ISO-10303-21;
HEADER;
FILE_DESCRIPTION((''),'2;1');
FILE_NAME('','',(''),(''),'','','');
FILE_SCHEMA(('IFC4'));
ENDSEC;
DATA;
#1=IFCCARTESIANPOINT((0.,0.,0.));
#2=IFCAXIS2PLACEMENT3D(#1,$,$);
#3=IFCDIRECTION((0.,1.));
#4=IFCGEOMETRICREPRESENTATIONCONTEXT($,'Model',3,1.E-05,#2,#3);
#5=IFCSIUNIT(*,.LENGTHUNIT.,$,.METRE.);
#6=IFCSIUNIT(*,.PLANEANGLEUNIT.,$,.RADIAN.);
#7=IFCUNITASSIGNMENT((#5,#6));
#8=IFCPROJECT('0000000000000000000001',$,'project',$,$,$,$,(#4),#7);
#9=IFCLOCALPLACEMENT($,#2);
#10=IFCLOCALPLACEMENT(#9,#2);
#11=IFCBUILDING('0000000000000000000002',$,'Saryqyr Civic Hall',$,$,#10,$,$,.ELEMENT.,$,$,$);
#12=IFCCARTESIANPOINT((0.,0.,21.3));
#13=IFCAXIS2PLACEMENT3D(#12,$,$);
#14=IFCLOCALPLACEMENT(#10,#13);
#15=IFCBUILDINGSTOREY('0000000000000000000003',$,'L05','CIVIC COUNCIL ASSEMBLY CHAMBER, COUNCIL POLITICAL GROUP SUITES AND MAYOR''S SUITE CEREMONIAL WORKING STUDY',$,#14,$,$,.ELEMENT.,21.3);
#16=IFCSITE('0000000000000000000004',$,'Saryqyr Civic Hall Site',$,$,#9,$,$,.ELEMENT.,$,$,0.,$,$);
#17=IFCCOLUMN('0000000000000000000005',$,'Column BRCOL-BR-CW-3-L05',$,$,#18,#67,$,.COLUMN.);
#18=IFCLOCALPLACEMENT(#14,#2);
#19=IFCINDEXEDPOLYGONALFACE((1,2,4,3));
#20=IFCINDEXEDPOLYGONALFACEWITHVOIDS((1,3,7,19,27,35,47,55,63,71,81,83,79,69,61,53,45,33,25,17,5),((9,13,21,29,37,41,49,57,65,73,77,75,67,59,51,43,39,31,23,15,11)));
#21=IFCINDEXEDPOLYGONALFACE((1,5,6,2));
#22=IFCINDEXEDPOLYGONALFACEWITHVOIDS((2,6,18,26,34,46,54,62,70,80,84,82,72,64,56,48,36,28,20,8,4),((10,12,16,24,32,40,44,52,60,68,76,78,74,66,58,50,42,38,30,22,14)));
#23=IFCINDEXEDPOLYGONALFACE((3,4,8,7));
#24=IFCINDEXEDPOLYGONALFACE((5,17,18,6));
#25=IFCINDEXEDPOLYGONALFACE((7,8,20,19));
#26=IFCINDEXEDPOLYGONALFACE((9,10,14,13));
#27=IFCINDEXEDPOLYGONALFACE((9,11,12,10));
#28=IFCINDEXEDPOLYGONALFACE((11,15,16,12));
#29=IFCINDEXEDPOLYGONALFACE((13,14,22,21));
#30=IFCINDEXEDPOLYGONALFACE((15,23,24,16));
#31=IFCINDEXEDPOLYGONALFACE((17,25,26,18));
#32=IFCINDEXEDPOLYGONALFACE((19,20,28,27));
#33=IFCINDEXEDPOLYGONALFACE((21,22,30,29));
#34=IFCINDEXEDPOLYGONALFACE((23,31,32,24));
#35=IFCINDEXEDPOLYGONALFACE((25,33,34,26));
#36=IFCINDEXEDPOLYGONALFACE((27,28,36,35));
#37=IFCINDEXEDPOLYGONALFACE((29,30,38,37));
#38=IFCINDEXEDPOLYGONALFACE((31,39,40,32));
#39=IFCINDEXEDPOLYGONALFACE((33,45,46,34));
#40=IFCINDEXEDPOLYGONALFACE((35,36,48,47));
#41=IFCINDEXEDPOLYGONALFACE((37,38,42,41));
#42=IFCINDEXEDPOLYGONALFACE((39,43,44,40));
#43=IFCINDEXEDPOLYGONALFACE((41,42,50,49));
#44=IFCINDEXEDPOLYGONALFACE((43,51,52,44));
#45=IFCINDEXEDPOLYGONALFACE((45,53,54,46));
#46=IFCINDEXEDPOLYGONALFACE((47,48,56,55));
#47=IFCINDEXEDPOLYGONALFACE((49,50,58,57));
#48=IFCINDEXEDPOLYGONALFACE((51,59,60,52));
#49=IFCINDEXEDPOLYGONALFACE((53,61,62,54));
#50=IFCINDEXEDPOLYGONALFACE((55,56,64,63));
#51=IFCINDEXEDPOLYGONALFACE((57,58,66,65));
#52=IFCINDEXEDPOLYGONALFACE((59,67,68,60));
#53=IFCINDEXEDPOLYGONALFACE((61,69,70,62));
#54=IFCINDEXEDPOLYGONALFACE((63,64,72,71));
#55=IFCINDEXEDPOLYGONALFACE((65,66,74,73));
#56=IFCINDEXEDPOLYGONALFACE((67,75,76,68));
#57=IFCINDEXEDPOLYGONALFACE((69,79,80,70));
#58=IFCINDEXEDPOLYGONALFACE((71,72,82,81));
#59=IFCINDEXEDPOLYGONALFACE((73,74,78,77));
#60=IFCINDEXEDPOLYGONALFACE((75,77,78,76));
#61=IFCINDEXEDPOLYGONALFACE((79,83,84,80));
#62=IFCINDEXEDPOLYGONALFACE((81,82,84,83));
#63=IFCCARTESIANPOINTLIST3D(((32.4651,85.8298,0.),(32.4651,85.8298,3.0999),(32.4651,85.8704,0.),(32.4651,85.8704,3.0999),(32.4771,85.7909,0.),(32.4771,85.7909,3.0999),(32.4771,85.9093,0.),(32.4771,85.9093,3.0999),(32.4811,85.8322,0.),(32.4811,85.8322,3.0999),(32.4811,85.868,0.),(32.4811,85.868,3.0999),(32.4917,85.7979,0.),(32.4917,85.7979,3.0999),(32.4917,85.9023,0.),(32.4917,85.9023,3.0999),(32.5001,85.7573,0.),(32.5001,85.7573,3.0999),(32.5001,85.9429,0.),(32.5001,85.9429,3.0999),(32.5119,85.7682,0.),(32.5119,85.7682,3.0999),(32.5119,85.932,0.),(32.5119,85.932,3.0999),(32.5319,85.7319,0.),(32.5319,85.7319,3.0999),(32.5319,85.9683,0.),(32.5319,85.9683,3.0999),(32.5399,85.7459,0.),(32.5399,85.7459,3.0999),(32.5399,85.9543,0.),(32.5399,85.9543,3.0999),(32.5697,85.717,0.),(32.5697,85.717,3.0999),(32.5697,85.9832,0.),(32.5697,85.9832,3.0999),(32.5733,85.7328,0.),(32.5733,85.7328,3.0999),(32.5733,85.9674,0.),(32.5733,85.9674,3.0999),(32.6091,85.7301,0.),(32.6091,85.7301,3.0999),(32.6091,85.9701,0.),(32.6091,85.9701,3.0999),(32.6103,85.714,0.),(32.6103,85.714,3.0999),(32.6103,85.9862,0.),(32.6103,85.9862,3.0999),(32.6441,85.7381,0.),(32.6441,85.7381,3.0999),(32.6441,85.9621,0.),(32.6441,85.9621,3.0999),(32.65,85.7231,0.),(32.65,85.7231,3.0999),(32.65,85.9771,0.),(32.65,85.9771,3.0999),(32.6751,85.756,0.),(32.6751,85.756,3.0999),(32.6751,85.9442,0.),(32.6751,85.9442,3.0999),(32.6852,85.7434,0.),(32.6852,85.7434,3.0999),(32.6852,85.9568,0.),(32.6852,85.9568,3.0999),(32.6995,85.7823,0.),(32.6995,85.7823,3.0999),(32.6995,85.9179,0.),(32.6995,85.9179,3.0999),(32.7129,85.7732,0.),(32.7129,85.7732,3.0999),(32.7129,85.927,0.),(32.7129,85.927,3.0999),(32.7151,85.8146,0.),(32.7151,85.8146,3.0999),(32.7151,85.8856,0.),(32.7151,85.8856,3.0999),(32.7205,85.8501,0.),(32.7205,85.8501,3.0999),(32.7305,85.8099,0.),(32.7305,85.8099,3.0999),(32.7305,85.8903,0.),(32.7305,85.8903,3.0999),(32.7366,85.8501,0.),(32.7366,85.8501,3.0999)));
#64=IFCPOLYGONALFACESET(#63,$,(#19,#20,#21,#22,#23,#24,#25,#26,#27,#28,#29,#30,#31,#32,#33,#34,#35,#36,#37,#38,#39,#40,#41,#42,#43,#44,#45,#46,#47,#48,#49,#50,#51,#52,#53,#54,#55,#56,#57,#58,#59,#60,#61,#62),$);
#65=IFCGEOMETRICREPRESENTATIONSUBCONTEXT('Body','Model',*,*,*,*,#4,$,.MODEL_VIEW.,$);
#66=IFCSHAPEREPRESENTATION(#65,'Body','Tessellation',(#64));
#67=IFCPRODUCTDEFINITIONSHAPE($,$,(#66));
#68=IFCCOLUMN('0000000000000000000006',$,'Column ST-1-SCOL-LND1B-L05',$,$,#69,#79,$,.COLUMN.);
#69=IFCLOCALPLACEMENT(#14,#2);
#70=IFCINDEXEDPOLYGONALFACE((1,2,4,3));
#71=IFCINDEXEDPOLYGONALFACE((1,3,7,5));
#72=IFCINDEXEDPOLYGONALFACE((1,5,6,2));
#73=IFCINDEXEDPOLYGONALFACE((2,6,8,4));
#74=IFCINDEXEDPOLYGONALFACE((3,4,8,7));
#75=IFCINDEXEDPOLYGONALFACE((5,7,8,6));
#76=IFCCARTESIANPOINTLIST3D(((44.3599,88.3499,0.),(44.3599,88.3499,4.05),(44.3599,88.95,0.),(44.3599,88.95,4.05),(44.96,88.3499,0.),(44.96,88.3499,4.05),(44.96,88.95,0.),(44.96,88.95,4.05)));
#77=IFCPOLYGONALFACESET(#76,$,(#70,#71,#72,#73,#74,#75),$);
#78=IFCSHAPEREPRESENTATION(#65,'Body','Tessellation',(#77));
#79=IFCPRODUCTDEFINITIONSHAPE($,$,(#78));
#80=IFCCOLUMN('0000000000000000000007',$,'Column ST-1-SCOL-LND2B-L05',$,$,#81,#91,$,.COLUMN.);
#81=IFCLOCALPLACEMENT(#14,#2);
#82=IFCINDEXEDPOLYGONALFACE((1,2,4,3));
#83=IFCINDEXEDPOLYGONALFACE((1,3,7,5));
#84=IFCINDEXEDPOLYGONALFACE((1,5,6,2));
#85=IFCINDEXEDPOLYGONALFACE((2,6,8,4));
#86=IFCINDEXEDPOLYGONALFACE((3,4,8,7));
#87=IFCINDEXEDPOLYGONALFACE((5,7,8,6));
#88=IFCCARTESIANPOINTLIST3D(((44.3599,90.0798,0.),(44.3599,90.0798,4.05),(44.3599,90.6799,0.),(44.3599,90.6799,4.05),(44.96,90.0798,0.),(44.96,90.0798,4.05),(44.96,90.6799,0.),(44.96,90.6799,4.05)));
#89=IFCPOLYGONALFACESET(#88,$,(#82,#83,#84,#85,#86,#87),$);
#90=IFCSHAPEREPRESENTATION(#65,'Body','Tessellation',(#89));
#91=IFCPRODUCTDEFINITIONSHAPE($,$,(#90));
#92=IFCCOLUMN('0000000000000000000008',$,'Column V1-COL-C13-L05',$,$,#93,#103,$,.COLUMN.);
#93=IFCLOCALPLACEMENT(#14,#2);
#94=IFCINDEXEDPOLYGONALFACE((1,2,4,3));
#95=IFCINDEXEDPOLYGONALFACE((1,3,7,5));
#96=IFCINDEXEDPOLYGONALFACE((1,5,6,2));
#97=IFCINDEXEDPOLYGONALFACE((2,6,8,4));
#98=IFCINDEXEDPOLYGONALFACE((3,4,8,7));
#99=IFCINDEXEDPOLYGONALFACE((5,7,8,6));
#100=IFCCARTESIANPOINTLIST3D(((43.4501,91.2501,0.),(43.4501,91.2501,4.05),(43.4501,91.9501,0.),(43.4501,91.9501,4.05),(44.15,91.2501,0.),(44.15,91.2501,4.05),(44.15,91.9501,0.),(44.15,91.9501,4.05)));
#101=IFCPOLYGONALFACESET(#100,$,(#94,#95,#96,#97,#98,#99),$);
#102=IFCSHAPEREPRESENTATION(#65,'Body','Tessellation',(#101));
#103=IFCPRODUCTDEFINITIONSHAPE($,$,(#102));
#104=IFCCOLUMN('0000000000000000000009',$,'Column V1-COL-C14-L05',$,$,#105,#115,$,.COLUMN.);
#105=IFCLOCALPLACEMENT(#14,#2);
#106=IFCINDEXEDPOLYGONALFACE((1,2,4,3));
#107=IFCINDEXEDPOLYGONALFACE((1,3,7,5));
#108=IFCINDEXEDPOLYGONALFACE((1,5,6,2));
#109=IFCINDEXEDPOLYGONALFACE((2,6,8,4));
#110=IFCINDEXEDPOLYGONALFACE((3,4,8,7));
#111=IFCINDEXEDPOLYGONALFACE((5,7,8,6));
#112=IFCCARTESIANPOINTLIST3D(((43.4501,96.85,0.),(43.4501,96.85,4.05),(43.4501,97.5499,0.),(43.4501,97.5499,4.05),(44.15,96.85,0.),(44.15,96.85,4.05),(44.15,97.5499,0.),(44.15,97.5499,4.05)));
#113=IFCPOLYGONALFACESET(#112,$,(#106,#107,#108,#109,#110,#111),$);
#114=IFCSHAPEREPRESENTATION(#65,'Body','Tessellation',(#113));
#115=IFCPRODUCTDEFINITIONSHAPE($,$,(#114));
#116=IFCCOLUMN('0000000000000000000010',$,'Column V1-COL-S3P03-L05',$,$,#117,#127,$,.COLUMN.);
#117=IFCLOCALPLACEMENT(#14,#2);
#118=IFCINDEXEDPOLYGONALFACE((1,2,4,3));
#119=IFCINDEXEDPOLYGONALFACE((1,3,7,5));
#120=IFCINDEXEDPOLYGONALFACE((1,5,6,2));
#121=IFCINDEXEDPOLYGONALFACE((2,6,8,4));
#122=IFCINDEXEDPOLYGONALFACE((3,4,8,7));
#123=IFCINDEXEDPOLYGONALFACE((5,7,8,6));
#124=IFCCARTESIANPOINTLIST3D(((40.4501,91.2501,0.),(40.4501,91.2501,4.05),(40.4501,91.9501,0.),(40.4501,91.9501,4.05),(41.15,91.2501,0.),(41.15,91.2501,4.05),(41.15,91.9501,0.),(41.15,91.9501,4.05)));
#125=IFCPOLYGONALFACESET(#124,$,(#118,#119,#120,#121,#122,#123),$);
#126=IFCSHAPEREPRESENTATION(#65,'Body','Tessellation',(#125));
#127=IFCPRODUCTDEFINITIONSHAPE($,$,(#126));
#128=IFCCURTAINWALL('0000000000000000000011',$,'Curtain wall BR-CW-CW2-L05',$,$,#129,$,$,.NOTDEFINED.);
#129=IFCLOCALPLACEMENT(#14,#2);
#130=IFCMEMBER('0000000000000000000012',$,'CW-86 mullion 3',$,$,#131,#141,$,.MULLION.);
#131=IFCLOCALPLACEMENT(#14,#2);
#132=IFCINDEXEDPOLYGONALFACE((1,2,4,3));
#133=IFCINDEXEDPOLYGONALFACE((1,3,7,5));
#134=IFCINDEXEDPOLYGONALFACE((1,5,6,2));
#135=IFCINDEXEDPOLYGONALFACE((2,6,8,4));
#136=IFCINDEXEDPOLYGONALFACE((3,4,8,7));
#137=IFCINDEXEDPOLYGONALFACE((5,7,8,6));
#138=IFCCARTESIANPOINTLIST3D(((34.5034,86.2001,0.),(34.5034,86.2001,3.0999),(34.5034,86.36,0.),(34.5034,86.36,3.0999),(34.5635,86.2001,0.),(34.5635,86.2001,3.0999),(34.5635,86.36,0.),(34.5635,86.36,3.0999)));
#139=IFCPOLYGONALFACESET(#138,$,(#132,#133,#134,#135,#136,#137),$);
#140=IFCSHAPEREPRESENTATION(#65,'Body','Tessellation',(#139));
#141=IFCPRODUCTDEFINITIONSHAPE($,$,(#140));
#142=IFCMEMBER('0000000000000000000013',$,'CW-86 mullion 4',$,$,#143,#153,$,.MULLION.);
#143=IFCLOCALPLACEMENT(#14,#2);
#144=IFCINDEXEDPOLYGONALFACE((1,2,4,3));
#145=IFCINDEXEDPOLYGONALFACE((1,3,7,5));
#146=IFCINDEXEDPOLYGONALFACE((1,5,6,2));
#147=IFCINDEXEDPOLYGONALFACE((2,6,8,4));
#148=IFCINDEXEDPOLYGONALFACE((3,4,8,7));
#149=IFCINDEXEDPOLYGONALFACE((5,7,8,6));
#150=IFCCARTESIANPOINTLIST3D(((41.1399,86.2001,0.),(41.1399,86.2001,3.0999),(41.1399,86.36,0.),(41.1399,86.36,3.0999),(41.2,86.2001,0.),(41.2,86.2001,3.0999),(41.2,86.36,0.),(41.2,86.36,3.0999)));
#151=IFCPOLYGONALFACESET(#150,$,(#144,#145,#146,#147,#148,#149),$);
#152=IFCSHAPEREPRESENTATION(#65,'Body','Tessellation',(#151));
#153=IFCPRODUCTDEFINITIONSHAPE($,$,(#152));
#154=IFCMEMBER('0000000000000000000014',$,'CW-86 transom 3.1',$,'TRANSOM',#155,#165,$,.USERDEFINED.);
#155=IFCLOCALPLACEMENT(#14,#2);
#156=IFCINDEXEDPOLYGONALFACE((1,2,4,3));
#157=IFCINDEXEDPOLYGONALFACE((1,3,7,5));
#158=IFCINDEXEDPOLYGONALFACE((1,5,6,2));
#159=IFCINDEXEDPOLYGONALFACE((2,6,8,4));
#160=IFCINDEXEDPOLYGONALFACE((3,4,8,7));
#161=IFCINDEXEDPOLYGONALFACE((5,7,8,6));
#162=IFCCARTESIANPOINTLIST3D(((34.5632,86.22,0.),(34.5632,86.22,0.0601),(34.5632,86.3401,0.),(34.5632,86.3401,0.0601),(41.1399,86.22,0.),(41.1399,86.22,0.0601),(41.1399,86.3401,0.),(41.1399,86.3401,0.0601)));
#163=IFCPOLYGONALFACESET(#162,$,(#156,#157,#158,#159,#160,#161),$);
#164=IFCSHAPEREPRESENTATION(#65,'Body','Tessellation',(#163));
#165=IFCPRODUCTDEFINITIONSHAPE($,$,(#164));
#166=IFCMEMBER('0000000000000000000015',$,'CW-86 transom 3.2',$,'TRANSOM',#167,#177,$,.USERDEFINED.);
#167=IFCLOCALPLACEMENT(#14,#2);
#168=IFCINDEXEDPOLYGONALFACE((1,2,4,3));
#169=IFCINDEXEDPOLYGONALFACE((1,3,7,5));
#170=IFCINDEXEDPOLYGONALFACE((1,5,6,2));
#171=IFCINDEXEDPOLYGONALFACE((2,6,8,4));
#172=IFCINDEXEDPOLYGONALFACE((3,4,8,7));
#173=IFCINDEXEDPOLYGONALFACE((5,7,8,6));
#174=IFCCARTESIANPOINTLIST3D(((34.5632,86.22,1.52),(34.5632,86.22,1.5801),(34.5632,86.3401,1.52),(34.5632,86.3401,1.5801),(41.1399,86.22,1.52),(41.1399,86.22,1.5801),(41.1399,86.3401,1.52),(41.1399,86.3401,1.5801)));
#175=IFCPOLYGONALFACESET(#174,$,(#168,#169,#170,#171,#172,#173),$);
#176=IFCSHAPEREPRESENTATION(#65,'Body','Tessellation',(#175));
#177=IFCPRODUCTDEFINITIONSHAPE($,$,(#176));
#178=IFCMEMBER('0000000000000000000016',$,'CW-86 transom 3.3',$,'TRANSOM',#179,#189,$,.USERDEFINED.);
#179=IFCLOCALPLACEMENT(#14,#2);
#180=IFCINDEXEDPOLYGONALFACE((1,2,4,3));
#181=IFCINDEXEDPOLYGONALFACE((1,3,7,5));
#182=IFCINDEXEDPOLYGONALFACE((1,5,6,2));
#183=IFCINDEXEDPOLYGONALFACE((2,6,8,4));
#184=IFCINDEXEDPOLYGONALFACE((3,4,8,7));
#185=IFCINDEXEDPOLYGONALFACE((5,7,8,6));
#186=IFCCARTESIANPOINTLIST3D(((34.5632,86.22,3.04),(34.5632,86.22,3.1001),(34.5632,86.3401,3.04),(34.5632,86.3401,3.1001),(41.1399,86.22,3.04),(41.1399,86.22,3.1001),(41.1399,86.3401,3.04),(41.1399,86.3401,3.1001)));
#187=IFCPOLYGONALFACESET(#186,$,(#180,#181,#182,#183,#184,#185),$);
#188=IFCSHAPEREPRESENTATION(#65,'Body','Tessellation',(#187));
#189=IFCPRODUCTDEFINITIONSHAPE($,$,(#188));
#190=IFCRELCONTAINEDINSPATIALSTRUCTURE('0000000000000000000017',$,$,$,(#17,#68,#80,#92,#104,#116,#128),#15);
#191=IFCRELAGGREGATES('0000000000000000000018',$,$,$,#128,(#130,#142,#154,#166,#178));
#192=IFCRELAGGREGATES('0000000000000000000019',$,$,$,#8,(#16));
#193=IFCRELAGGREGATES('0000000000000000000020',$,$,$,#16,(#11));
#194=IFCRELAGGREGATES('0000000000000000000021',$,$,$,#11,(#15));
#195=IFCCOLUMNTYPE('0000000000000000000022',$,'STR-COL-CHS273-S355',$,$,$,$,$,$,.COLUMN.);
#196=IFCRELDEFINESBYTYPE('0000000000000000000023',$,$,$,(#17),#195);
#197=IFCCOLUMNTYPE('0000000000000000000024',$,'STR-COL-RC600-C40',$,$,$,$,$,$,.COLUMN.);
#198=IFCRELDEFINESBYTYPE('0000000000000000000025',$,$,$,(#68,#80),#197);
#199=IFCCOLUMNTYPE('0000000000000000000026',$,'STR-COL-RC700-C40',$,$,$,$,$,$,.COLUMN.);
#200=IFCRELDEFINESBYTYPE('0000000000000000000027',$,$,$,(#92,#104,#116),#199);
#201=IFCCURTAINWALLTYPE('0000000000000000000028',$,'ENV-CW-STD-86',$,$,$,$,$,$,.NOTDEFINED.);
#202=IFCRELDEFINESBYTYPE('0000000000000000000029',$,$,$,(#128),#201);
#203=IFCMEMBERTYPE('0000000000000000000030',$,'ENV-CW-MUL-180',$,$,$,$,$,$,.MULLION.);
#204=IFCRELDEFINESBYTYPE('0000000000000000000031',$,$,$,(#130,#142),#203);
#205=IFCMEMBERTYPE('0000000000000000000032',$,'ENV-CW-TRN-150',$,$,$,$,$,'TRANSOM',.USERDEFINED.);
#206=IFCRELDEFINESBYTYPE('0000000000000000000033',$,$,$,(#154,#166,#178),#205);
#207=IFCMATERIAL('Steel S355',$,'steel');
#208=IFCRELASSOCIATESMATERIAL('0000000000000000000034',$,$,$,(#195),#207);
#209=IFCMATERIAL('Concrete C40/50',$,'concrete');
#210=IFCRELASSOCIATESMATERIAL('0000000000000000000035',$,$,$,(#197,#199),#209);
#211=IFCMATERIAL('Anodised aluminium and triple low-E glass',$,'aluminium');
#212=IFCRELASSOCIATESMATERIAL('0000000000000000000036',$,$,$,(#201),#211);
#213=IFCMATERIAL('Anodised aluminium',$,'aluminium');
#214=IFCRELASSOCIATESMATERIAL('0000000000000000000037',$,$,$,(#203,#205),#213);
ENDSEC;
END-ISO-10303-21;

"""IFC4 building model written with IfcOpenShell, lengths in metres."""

from ifc_helpers import new_model, si_unit, direction, frame, origin, origin_2d, place, context, subcontext, project, spatial, rectangle, hollow_circle, extrude, material, material_profile, profile_set, type_object, element, aggregate, save


model = new_model("IFC4")

# Units and contexts
model_context = context("Model", 3, precision=1e-05, world=origin(), true_north=direction((0.0, 1.0)))
body_context = subcontext(model_context, "Body", "Model", "MODEL_VIEW")
ifc_project = project(units=[si_unit("LENGTHUNIT", "METRE"), si_unit("PLANEANGLEUNIT", "RADIAN")], contexts=[model_context])

# Site, building, storey
site_placement = place(None, origin())
site = spatial("IfcSite", under=ifc_project, at=site_placement, Name="Saryqyr Civic Hall Site", CompositionType="ELEMENT", RefElevation=0.0)
building_placement = place(site_placement, origin())
building = spatial("IfcBuilding", under=site, at=building_placement, Name="Saryqyr Civic Hall", CompositionType="ELEMENT")
storey_placement = place(building_placement, frame((0.0, 0.0, 21.3)))
storey = spatial("IfcBuildingStorey", under=building, at=storey_placement, Name="L05", Description="CIVIC COUNCIL ASSEMBLY CHAMBER, COUNCIL POLITICAL GROUP SUITES AND MAYOR'S SUITE CEREMONIAL WORKING STUDY", CompositionType="ELEMENT", Elevation=21.3)

# Columns
ifc_material_1 = material(Name="Steel S355", Category="steel")
ifc_material_profile_1 = material_profile(ifc_material_1, hollow_circle(Radius=0.1365, WallThickness=0.0161, at=origin_2d()), Name="CHS 273x16")
ifc_profile_set_1 = profile_set([ifc_material_profile_1], Name="Steel S355")
column_type_1 = type_object("IfcColumnType", Name="STR-COL-CHS273-S355", PredefinedType="COLUMN", material=ifc_profile_set_1)
column_placement = place(storey_placement, frame((32.6001, 85.8501, 0.0), z_axis=(0.0, 0.0, 1.0), x_axis=(1.0, 0.0, 0.0)))
element("IfcColumn", 1, at=column_placement, inside=storey, type_object=column_type_1, Name="Column BRCOL-BR-CW-3-L05", PredefinedType="COLUMN", context=body_context, shape_type="SweptSolid", body=[
    extrude(hollow_circle(Radius=0.1365, WallThickness=0.0161, at=origin_2d()), origin(), (0.0, 0.0, 1.0), 3.0999),
])
ifc_material_2 = material(Name="Concrete C40/50", Category="concrete")
ifc_material_profile_2 = material_profile(ifc_material_2, rectangle(XDim=0.6001, YDim=0.6001, at=origin_2d()), Name="RC 600x600")
ifc_profile_set_2 = profile_set([ifc_material_profile_2], Name="Concrete C40/50")
column_type_2 = type_object("IfcColumnType", Name="STR-COL-RC600-C40", PredefinedType="COLUMN", material=ifc_profile_set_2)
for number, where, z_axis, x_axis, name in (
    (2, (44.6599, 88.6499, 0.0), (0.0, 0.0, 1.0), (1.0, 0.0, 0.0), "Column ST-1-SCOL-LND1B-L05"),
    (3, (44.6599, 90.3799, 0.0), (0.0, 0.0, 1.0), (1.0, 0.0, 0.0), "Column ST-1-SCOL-LND2B-L05"),
):
    element("IfcColumn", number, at=place(storey_placement, frame(where, z_axis=z_axis, x_axis=x_axis)), inside=storey, type_object=column_type_2, Name=name, PredefinedType="COLUMN", context=body_context, shape_type="SweptSolid", body=[
        extrude(rectangle(XDim=0.6001, YDim=0.6001, at=origin_2d()), origin(), (0.0, 0.0, 1.0), 4.05),
    ])
ifc_material_profile_3 = material_profile(ifc_material_2, rectangle(XDim=0.7, YDim=0.7, at=origin_2d()), Name="RC 700x700")
ifc_profile_set_3 = profile_set([ifc_material_profile_3], Name="Concrete C40/50")
column_type_3 = type_object("IfcColumnType", Name="STR-COL-RC700-C40", PredefinedType="COLUMN", material=ifc_profile_set_3)
for number, where, z_axis, x_axis, name in (
    (4, (43.8, 91.6001, 0.0), (0.0, 0.0, 1.0), (1.0, 0.0, 0.0), "Column V1-COL-C13-L05"),
    (5, (43.8, 97.2, 0.0), (0.0, 0.0, 1.0), (1.0, 0.0, 0.0), "Column V1-COL-C14-L05"),
    (6, (40.8, 91.6001, 0.0), (0.0, 0.0, 1.0), (1.0, 0.0, 0.0), "Column V1-COL-S3P03-L05"),
):
    element("IfcColumn", number, at=place(storey_placement, frame(where, z_axis=z_axis, x_axis=x_axis)), inside=storey, type_object=column_type_3, Name=name, PredefinedType="COLUMN", context=body_context, shape_type="SweptSolid", body=[
        extrude(rectangle(XDim=0.7, YDim=0.7, at=origin_2d()), origin(), (0.0, 0.0, 1.0), 4.05),
    ])

# Curtain wall, members
ifc_material_3 = material(Name="Anodised aluminium and triple low-E glass", Category="aluminium")
curtain_wall_type = type_object("IfcCurtainWallType", Name="ENV-CW-STD-86", PredefinedType="NOTDEFINED", material=ifc_material_3)
curtain_wall_placement = place(storey_placement, origin())
curtain_wall = element("IfcCurtainWall", 7, at=curtain_wall_placement, inside=storey, type_object=curtain_wall_type, Name="Curtain wall BR-CW-CW2-L05", PredefinedType="NOTDEFINED")
ifc_material_4 = material(Name="Anodised aluminium", Category="aluminium")
ifc_material_profile_4 = material_profile(ifc_material_4, rectangle(XDim=0.0601, YDim=0.1599, at=origin_2d()), Name="ALU MULLION 60x160")
ifc_profile_set_4 = profile_set([ifc_material_profile_4], Name="Anodised aluminium")
member_type_1 = type_object("IfcMemberType", Name="ENV-CW-MUL-180", PredefinedType="MULLION", material=ifc_profile_set_4)
member_1_placement = place(storey_placement, frame((34.5334, 86.28, 0.0), z_axis=(0.0, 0.0, 1.0), x_axis=(1.0, 0.0, 0.0)))
member_1 = element("IfcMember", 8, at=member_1_placement, type_object=member_type_1, Name="CW-86 mullion 3", PredefinedType="MULLION", context=body_context, shape_type="SweptSolid", body=[
    extrude(rectangle(XDim=0.0601, YDim=0.1599, at=origin_2d()), origin(), (0.0, 0.0, 1.0), 3.0999),
])
member_2_placement = place(storey_placement, frame((41.1699, 86.28, 0.0), z_axis=(0.0, 0.0, 1.0), x_axis=(1.0, 0.0, 0.0)))
member_2 = element("IfcMember", 9, at=member_2_placement, type_object=member_type_1, Name="CW-86 mullion 4", PredefinedType="MULLION", context=body_context, shape_type="SweptSolid", body=[
    extrude(rectangle(XDim=0.0601, YDim=0.1599, at=origin_2d()), origin(), (0.0, 0.0, 1.0), 3.0999),
])
ifc_material_profile_5 = material_profile(ifc_material_4, rectangle(XDim=0.1201, YDim=0.0601, at=origin_2d()), Name="ALU TRANSOM 120x60")
ifc_profile_set_5 = profile_set([ifc_material_profile_5], Name="Anodised aluminium")
member_type_2 = type_object("IfcMemberType", Name="ENV-CW-TRN-150", ElementType="TRANSOM", PredefinedType="USERDEFINED", material=ifc_profile_set_5)
member_3_placement = place(storey_placement, frame((34.5632, 86.28, 0.03), z_axis=(1.0, 0.0, 0.0), x_axis=(0.0, 1.0, 0.0)))
member_3 = element("IfcMember", 10, at=member_3_placement, type_object=member_type_2, Name="CW-86 transom 3.1", ObjectType="TRANSOM", PredefinedType="USERDEFINED", context=body_context, shape_type="SweptSolid", body=[
    extrude(rectangle(XDim=0.1201, YDim=0.0601, at=origin_2d()), origin(), (0.0, 0.0, 1.0), 6.5767),
])
member_4_placement = place(storey_placement, frame((34.5632, 86.28, 1.55), z_axis=(1.0, 0.0, 0.0), x_axis=(0.0, 1.0, 0.0)))
member_4 = element("IfcMember", 11, at=member_4_placement, type_object=member_type_2, Name="CW-86 transom 3.2", ObjectType="TRANSOM", PredefinedType="USERDEFINED", context=body_context, shape_type="SweptSolid", body=[
    extrude(rectangle(XDim=0.1201, YDim=0.0601, at=origin_2d()), origin(), (0.0, 0.0, 1.0), 6.5767),
])
member_5_placement = place(storey_placement, frame((34.5632, 86.28, 3.0701), z_axis=(1.0, 0.0, 0.0), x_axis=(0.0, 1.0, 0.0)))
member_5 = element("IfcMember", 12, at=member_5_placement, type_object=member_type_2, Name="CW-86 transom 3.3", ObjectType="TRANSOM", PredefinedType="USERDEFINED", context=body_context, shape_type="SweptSolid", body=[
    extrude(rectangle(XDim=0.1201, YDim=0.0601, at=origin_2d()), origin(), (0.0, 0.0, 1.0), 6.5767),
])

aggregate(curtain_wall, [member_1, member_2, member_3, member_4, member_5])

save(model, "model.ifc")
